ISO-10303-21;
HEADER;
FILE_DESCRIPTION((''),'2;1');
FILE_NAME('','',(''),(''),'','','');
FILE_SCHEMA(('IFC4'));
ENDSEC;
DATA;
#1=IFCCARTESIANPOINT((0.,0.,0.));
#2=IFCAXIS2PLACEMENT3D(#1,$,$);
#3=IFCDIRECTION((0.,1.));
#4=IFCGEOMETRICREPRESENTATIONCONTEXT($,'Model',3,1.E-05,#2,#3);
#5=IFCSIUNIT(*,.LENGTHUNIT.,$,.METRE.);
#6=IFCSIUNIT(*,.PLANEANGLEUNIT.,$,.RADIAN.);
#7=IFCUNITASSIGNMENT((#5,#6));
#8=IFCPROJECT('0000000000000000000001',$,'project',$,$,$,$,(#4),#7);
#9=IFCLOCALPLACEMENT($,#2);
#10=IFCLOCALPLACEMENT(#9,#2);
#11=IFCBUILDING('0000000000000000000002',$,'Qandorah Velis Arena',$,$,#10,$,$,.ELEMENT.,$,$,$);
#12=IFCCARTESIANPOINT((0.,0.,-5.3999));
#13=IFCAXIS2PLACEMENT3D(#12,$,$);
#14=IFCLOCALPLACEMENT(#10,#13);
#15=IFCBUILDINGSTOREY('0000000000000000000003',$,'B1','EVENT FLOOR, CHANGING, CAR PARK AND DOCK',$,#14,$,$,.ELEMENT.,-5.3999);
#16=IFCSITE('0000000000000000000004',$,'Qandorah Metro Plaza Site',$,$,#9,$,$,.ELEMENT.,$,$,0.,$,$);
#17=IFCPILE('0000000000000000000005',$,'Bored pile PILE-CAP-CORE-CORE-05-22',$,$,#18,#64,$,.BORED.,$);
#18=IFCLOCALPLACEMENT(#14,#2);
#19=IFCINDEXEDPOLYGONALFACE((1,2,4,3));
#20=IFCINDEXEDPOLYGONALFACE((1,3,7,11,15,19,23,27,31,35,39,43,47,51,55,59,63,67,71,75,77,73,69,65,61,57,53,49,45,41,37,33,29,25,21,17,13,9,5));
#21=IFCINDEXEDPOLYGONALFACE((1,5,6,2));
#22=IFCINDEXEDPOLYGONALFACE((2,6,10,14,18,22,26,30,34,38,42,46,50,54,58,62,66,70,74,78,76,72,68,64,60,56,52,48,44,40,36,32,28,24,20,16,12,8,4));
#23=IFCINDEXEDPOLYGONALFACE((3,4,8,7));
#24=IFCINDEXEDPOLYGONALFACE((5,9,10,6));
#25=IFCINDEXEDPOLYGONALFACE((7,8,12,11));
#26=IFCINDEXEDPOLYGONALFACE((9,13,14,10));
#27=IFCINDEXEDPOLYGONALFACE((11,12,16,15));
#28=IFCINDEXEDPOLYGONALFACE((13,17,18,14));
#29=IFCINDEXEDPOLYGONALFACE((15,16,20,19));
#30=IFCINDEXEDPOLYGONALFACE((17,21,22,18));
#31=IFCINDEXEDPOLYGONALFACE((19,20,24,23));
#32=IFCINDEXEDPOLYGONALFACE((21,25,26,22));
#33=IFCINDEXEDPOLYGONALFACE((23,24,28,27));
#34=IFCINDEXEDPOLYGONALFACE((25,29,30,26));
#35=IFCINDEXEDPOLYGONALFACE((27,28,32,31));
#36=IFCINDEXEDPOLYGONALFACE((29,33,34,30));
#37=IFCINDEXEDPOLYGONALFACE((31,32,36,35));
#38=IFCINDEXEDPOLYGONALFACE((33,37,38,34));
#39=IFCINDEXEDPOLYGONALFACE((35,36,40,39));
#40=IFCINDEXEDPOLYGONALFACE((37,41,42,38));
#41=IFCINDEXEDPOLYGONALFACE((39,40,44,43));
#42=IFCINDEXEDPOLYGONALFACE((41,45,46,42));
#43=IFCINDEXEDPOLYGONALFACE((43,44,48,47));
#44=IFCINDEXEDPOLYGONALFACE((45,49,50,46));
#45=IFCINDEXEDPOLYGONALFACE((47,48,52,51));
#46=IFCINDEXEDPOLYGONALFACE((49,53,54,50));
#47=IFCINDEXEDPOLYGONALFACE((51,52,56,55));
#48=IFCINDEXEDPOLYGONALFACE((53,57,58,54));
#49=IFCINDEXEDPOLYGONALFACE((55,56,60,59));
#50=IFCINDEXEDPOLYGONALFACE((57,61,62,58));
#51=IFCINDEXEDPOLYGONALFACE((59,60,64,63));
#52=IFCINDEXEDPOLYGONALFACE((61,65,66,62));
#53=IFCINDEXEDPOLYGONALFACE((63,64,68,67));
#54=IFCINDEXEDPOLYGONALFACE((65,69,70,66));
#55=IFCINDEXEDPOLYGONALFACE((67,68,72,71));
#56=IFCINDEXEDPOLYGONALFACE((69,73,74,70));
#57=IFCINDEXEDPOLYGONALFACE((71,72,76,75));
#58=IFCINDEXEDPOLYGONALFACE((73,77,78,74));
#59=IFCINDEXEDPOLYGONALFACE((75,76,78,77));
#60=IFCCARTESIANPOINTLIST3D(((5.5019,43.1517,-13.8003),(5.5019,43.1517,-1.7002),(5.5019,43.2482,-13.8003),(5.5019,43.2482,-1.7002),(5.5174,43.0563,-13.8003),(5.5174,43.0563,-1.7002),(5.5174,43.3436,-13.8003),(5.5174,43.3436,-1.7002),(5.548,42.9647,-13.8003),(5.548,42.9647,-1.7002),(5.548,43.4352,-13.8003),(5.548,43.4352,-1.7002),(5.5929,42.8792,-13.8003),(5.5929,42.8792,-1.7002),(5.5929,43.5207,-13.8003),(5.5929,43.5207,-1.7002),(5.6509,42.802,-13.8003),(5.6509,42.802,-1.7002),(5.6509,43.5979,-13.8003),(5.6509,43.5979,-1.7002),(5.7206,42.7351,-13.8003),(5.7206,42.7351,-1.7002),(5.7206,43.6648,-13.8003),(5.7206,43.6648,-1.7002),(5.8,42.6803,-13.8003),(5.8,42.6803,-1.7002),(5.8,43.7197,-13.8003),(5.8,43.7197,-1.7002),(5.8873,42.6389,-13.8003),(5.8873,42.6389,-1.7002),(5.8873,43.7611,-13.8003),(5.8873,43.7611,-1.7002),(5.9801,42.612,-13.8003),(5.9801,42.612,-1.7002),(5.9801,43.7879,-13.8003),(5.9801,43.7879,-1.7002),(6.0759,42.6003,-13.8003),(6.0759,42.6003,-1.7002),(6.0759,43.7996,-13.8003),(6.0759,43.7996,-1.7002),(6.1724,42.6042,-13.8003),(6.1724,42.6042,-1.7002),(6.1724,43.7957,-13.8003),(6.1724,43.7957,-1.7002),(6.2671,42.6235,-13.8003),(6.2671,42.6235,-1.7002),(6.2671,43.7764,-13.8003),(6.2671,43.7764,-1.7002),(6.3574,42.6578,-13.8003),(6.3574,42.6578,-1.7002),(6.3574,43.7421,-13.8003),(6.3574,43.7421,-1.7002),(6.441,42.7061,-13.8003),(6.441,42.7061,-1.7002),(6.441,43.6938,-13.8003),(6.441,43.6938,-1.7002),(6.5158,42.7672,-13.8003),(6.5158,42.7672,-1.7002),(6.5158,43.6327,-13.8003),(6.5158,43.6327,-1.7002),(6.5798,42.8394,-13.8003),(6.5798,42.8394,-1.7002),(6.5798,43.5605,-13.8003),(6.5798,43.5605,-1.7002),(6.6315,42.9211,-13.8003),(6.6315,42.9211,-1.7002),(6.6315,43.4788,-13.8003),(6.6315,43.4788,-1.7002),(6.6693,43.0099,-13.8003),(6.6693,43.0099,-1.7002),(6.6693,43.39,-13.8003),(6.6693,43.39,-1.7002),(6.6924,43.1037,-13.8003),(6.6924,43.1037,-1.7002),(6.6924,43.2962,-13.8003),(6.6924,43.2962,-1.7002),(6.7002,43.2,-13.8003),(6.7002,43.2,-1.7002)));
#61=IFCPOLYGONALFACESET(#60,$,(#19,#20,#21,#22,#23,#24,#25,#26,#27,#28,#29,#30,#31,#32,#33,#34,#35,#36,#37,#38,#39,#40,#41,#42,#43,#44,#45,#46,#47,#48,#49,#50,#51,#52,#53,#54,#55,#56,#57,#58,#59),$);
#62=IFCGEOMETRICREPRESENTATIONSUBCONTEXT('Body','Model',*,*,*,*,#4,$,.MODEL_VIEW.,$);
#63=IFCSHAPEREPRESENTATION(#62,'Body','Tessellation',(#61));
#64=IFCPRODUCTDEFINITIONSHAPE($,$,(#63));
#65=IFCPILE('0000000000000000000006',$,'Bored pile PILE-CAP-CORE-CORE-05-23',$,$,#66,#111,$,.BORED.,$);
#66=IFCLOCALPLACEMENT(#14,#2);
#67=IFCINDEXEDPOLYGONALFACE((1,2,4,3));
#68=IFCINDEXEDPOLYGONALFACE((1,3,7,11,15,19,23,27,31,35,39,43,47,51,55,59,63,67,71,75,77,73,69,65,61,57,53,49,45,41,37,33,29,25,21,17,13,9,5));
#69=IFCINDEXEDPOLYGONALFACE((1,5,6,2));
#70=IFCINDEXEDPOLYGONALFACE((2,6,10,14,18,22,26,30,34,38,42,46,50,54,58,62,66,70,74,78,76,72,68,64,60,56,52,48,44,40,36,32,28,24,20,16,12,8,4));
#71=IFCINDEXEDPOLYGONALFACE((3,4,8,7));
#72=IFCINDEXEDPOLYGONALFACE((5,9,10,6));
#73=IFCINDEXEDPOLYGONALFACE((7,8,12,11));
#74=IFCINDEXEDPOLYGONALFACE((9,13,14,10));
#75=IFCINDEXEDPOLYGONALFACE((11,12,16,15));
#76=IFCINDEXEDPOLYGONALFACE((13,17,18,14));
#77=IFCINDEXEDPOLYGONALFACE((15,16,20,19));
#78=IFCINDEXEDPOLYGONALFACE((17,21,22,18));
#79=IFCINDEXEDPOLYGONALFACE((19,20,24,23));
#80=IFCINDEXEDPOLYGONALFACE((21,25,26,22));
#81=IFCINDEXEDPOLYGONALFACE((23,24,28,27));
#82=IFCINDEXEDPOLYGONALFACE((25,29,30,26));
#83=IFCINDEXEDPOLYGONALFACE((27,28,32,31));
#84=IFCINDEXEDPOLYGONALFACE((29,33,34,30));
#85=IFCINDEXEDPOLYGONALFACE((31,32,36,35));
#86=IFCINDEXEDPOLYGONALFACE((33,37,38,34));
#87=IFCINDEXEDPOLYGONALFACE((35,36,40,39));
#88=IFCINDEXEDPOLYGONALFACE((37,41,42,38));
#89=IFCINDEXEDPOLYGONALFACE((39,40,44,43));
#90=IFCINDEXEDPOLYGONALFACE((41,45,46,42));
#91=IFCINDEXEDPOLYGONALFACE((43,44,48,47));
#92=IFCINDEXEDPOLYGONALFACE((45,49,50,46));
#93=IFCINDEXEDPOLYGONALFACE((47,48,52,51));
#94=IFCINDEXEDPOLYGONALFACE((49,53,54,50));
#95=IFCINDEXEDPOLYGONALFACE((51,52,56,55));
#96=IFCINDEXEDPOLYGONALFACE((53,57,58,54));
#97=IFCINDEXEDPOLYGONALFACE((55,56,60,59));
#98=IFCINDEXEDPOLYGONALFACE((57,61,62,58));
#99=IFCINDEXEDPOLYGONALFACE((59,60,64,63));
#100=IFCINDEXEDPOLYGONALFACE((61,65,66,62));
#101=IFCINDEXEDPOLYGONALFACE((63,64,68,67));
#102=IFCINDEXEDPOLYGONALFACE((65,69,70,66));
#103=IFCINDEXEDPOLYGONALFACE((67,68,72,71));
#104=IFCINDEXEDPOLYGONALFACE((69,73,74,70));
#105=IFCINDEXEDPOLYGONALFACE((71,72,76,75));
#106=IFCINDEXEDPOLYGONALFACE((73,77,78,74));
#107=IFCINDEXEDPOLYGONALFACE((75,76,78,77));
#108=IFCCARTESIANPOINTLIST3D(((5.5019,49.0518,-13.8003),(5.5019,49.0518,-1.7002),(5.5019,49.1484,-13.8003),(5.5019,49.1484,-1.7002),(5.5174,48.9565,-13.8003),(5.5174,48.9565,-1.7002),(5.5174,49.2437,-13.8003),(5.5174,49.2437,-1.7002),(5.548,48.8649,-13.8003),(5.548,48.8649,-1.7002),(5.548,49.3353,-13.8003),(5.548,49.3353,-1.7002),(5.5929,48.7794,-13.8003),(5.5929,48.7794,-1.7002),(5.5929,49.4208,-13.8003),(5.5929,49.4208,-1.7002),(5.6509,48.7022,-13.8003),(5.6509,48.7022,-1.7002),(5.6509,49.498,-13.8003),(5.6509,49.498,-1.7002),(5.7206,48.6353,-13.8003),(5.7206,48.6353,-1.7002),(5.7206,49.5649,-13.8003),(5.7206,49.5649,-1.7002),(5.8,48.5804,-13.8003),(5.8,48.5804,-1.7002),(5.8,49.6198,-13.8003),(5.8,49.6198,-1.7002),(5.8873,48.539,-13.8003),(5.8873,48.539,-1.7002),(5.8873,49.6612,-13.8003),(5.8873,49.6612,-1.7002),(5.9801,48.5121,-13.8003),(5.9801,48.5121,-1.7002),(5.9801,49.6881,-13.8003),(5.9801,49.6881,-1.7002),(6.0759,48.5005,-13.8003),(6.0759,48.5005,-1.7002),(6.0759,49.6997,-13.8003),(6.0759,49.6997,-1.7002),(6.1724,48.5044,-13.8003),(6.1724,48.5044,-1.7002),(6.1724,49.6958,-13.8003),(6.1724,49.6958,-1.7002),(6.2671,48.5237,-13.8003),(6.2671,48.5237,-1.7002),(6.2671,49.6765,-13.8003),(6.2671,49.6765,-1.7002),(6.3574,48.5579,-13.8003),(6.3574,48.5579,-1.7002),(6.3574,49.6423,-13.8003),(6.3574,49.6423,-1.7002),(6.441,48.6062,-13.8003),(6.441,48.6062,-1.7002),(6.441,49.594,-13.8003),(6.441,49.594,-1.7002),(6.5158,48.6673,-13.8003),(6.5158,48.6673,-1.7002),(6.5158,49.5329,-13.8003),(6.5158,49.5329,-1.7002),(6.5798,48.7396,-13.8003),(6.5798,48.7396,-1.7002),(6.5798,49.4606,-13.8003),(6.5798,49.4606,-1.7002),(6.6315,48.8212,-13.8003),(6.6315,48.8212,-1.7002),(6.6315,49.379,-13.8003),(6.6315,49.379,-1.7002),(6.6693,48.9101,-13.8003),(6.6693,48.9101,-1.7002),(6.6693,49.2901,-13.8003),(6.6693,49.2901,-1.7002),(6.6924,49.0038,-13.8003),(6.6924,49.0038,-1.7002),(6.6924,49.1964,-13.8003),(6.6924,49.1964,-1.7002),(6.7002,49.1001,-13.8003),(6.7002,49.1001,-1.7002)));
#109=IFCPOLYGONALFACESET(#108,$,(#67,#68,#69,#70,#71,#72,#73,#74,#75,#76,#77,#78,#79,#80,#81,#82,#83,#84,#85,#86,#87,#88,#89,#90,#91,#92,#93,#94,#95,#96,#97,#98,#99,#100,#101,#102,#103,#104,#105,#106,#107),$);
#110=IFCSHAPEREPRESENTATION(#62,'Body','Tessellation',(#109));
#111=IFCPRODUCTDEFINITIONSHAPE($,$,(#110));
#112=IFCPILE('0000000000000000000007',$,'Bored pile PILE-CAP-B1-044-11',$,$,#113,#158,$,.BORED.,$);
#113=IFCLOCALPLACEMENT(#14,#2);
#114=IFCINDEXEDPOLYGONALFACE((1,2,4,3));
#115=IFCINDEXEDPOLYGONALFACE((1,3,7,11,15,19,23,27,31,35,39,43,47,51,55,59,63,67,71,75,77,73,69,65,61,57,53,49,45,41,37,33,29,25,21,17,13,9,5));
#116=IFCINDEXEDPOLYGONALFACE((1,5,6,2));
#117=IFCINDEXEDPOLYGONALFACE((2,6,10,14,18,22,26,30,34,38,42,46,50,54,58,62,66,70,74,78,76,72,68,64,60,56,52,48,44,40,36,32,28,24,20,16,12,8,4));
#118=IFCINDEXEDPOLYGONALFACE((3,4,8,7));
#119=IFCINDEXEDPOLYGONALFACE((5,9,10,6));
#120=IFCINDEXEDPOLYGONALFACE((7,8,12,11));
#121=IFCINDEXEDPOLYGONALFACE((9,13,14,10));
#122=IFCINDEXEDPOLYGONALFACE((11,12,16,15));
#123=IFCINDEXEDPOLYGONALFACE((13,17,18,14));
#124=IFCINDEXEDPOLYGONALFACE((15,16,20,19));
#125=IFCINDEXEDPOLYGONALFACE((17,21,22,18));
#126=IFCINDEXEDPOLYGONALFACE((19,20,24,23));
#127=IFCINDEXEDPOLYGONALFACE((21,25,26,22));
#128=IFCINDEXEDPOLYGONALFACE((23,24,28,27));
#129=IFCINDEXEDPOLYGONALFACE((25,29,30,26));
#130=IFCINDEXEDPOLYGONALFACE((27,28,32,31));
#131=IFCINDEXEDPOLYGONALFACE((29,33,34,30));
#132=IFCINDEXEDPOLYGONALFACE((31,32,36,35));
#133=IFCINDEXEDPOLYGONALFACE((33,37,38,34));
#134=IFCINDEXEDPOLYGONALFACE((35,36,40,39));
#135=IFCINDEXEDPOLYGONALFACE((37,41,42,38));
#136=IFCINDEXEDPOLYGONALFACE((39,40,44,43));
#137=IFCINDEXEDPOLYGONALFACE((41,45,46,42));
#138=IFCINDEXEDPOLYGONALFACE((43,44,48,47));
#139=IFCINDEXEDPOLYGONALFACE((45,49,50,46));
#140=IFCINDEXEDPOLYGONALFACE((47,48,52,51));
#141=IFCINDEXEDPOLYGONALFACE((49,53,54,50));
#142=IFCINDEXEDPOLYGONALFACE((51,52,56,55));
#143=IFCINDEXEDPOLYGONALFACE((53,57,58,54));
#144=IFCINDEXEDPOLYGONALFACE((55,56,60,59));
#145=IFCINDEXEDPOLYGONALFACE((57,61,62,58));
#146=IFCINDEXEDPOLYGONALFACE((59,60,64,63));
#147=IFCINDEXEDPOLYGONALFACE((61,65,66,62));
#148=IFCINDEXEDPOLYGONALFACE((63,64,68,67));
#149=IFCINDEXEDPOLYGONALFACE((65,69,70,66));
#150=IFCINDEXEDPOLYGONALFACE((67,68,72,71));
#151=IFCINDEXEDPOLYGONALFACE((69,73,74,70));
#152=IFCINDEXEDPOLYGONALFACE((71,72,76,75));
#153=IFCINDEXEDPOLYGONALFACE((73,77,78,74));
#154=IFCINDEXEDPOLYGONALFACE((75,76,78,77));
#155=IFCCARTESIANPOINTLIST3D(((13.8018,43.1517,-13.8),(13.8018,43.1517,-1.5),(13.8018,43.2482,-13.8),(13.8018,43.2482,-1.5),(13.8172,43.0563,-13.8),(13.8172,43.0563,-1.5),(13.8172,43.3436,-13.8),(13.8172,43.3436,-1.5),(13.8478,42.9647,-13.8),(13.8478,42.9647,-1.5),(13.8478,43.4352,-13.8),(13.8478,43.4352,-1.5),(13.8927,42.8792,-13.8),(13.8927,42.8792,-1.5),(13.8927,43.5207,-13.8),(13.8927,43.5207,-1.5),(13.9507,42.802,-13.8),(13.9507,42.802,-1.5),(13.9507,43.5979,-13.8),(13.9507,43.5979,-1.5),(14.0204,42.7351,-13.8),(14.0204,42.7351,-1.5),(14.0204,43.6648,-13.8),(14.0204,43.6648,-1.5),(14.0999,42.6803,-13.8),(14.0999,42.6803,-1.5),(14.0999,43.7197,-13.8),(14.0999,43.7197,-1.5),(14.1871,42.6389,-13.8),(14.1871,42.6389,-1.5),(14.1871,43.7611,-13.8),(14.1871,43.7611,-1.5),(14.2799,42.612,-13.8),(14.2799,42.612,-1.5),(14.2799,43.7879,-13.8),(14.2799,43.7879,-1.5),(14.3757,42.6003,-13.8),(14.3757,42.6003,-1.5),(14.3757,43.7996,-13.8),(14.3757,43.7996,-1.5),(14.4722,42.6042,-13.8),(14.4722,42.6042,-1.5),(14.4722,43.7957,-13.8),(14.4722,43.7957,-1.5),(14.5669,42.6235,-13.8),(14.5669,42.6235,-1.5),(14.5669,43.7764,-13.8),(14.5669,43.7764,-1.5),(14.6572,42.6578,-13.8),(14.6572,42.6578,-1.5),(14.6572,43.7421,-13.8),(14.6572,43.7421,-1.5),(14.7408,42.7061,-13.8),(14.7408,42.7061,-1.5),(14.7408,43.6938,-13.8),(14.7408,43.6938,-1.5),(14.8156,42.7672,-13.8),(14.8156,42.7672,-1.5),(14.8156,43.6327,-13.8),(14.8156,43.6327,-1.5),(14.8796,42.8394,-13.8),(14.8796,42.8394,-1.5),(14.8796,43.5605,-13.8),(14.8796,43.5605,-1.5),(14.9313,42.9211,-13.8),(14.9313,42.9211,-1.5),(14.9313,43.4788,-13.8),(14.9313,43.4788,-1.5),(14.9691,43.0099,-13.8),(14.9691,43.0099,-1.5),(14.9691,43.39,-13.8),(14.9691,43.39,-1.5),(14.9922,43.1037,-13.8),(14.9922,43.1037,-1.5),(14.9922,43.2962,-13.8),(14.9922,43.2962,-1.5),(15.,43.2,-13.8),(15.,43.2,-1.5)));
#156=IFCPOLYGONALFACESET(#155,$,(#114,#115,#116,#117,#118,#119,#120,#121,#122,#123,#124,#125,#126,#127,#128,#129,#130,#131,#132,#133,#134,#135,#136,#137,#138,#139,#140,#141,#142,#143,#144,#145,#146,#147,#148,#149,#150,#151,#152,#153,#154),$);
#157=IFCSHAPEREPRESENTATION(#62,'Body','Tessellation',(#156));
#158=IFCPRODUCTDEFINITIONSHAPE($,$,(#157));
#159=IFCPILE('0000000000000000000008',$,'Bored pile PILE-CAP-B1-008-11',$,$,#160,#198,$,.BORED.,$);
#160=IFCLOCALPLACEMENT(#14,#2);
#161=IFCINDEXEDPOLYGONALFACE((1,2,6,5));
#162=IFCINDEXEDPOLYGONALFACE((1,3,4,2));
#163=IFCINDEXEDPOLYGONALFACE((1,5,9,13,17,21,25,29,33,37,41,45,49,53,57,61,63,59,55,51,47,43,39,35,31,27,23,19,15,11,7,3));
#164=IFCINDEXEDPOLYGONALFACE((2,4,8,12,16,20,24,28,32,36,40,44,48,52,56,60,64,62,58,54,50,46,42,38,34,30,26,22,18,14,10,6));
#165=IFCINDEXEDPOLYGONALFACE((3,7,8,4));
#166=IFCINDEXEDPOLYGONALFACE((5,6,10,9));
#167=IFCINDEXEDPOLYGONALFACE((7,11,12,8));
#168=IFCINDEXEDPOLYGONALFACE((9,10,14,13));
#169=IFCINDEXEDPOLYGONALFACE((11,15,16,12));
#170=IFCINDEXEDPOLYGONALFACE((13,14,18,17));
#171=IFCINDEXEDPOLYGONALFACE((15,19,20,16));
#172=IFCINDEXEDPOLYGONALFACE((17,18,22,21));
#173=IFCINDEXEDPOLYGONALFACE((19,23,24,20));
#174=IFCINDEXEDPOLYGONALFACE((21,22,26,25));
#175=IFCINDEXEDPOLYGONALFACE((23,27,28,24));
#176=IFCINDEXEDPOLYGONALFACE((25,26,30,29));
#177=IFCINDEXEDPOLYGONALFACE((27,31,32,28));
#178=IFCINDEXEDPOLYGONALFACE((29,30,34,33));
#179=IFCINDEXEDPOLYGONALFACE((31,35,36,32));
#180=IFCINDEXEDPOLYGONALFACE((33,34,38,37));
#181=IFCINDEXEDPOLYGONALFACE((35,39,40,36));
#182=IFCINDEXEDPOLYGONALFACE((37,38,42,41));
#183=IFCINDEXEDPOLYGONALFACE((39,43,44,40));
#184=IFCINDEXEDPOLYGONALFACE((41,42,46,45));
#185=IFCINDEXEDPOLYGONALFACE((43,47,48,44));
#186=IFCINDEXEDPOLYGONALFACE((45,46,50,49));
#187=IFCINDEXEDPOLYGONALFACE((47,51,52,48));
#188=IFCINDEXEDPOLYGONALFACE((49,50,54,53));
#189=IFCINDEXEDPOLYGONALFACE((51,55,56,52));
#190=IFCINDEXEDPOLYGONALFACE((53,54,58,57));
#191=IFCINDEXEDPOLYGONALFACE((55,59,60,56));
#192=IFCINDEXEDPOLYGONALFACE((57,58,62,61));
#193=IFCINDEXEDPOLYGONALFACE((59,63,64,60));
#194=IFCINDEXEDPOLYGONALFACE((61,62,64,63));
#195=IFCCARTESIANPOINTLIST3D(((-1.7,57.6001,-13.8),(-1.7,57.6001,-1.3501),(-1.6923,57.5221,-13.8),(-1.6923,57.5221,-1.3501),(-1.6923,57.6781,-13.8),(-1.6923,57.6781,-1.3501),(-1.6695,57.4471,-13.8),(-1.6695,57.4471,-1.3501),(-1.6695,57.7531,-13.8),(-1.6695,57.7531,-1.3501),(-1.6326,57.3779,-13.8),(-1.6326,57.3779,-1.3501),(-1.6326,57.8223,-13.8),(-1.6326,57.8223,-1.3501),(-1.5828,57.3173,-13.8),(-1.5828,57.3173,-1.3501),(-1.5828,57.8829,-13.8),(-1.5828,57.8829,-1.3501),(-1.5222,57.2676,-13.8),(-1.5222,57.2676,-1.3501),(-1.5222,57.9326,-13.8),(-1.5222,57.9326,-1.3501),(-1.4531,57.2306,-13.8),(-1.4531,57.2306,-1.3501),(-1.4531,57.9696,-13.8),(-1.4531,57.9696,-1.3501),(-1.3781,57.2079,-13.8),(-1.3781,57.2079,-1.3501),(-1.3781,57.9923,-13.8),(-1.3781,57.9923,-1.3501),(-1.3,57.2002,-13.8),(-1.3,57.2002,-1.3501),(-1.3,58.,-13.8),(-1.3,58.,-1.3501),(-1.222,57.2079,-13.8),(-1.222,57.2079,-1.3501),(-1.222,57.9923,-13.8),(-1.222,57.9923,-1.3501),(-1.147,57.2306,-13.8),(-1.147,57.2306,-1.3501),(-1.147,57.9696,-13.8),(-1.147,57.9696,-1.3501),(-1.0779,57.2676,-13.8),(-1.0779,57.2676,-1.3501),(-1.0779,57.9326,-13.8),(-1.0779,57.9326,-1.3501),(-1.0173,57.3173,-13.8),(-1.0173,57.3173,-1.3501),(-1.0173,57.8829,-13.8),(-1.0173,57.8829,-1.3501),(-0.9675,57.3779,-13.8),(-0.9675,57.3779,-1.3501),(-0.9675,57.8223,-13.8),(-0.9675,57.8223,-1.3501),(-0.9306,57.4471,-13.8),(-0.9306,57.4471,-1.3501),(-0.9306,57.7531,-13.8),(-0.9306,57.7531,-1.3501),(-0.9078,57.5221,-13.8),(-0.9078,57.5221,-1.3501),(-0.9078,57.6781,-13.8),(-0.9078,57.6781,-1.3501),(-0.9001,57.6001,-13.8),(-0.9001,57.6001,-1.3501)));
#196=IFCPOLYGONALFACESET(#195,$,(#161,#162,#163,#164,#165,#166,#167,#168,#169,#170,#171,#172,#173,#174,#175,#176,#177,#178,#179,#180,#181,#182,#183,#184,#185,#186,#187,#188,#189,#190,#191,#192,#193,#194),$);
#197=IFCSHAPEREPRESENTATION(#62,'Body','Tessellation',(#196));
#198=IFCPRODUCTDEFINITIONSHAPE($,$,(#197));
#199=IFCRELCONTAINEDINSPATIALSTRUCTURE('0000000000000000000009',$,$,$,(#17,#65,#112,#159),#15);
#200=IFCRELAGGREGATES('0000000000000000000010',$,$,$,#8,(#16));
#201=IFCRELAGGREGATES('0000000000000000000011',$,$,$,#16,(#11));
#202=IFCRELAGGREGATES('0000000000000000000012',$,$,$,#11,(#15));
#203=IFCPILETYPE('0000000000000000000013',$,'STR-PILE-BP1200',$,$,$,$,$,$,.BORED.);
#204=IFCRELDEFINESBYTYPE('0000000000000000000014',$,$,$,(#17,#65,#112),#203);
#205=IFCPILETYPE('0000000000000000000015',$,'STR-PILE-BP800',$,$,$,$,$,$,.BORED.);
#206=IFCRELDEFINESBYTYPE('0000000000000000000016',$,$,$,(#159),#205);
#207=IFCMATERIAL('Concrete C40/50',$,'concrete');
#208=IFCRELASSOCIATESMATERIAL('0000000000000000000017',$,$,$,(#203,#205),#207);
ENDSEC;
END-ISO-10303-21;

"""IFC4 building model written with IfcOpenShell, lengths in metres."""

from ifc_helpers import new_model, si_unit, direction, frame, origin, origin_2d, place, context, subcontext, project, spatial, circle, extrude, material, material_profile, profile_set, type_object, element, save


model = new_model("IFC4")

# Units and contexts
model_context = context("Model", 3, precision=1e-05, world=origin(), true_north=direction((0.0, 1.0)))
body_context = subcontext(model_context, "Body", "Model", "MODEL_VIEW")
ifc_project = project(units=[si_unit("LENGTHUNIT", "METRE"), si_unit("PLANEANGLEUNIT", "RADIAN")], contexts=[model_context])

# Site, building, storey
site_placement = place(None, origin())
site = spatial("IfcSite", under=ifc_project, at=site_placement, Name="Qandorah Metro Plaza Site", CompositionType="ELEMENT", RefElevation=0.0)
building_placement = place(site_placement, origin())
building = spatial("IfcBuilding", under=site, at=building_placement, Name="Qandorah Velis Arena", CompositionType="ELEMENT")
storey_placement = place(building_placement, frame((0.0, 0.0, -5.3999)))
storey = spatial("IfcBuildingStorey", under=building, at=storey_placement, Name="B1", Description="EVENT FLOOR, CHANGING, CAR PARK AND DOCK", CompositionType="ELEMENT", Elevation=-5.3999)

# Shared definitions
ifc_material_1 = material(Name="Concrete C40/50", Category="concrete")

# Piles
ifc_material_profile_1 = material_profile(ifc_material_1, circle(Radius=0.6001, at=origin_2d()), Name="BORED PILE D1200")
ifc_profile_set_1 = profile_set([ifc_material_profile_1], Name="Concrete C40/50")
pile_type_1 = type_object("IfcPileType", Name="STR-PILE-BP1200", PredefinedType="BORED", material=ifc_profile_set_1)
for number, where, z_axis, x_axis, name in (
    (1, (6.1001, 43.2, -1.7002), (0.0, 0.0, -1.0), (1.0, 0.0, 0.0), "Bored pile PILE-CAP-CORE-CORE-05-22"),
    (2, (6.1001, 49.1001, -1.7002), (0.0, 0.0, -1.0), (1.0, 0.0, 0.0), "Bored pile PILE-CAP-CORE-CORE-05-23"),
):
    element("IfcPile", number, at=place(storey_placement, frame(where, z_axis=z_axis, x_axis=x_axis)), inside=storey, type_object=pile_type_1, Name=name, PredefinedType="BORED", context=body_context, shape_type="SweptSolid", body=[
        extrude(circle(Radius=0.6001, at=origin_2d()), origin(), (0.0, 0.0, 1.0), 12.1001),
    ])
pile_1_placement = place(storey_placement, frame((14.3999, 43.2, -1.5), z_axis=(0.0, 0.0, -1.0), x_axis=(1.0, 0.0, 0.0)))
element("IfcPile", 3, at=pile_1_placement, inside=storey, type_object=pile_type_1, Name="Bored pile PILE-CAP-B1-044-11", PredefinedType="BORED", context=body_context, shape_type="SweptSolid", body=[
    extrude(circle(Radius=0.6001, at=origin_2d()), origin(), (0.0, 0.0, 1.0), 12.3),
])
ifc_material_profile_2 = material_profile(ifc_material_1, circle(Radius=0.3999, at=origin_2d()), Name="BORED PILE D800")
ifc_profile_set_2 = profile_set([ifc_material_profile_2], Name="Concrete C40/50")
pile_type_2 = type_object("IfcPileType", Name="STR-PILE-BP800", PredefinedType="BORED", material=ifc_profile_set_2)
for number, where, z_axis, x_axis, name in (
    (4, (-1.3, 57.6001, -1.3501), (0.0, 0.0, -1.0), (1.0, 0.0, 0.0), "Bored pile PILE-CAP-B1-008-11"),
):
    element("IfcPile", number, at=place(storey_placement, frame(where, z_axis=z_axis, x_axis=x_axis)), inside=storey, type_object=pile_type_2, Name=name, PredefinedType="BORED", context=body_context, shape_type="SweptSolid", body=[
        extrude(circle(Radius=0.3999, at=origin_2d()), origin(), (0.0, 0.0, 1.0), 12.45),
    ])

save(model, "model.ifc")
